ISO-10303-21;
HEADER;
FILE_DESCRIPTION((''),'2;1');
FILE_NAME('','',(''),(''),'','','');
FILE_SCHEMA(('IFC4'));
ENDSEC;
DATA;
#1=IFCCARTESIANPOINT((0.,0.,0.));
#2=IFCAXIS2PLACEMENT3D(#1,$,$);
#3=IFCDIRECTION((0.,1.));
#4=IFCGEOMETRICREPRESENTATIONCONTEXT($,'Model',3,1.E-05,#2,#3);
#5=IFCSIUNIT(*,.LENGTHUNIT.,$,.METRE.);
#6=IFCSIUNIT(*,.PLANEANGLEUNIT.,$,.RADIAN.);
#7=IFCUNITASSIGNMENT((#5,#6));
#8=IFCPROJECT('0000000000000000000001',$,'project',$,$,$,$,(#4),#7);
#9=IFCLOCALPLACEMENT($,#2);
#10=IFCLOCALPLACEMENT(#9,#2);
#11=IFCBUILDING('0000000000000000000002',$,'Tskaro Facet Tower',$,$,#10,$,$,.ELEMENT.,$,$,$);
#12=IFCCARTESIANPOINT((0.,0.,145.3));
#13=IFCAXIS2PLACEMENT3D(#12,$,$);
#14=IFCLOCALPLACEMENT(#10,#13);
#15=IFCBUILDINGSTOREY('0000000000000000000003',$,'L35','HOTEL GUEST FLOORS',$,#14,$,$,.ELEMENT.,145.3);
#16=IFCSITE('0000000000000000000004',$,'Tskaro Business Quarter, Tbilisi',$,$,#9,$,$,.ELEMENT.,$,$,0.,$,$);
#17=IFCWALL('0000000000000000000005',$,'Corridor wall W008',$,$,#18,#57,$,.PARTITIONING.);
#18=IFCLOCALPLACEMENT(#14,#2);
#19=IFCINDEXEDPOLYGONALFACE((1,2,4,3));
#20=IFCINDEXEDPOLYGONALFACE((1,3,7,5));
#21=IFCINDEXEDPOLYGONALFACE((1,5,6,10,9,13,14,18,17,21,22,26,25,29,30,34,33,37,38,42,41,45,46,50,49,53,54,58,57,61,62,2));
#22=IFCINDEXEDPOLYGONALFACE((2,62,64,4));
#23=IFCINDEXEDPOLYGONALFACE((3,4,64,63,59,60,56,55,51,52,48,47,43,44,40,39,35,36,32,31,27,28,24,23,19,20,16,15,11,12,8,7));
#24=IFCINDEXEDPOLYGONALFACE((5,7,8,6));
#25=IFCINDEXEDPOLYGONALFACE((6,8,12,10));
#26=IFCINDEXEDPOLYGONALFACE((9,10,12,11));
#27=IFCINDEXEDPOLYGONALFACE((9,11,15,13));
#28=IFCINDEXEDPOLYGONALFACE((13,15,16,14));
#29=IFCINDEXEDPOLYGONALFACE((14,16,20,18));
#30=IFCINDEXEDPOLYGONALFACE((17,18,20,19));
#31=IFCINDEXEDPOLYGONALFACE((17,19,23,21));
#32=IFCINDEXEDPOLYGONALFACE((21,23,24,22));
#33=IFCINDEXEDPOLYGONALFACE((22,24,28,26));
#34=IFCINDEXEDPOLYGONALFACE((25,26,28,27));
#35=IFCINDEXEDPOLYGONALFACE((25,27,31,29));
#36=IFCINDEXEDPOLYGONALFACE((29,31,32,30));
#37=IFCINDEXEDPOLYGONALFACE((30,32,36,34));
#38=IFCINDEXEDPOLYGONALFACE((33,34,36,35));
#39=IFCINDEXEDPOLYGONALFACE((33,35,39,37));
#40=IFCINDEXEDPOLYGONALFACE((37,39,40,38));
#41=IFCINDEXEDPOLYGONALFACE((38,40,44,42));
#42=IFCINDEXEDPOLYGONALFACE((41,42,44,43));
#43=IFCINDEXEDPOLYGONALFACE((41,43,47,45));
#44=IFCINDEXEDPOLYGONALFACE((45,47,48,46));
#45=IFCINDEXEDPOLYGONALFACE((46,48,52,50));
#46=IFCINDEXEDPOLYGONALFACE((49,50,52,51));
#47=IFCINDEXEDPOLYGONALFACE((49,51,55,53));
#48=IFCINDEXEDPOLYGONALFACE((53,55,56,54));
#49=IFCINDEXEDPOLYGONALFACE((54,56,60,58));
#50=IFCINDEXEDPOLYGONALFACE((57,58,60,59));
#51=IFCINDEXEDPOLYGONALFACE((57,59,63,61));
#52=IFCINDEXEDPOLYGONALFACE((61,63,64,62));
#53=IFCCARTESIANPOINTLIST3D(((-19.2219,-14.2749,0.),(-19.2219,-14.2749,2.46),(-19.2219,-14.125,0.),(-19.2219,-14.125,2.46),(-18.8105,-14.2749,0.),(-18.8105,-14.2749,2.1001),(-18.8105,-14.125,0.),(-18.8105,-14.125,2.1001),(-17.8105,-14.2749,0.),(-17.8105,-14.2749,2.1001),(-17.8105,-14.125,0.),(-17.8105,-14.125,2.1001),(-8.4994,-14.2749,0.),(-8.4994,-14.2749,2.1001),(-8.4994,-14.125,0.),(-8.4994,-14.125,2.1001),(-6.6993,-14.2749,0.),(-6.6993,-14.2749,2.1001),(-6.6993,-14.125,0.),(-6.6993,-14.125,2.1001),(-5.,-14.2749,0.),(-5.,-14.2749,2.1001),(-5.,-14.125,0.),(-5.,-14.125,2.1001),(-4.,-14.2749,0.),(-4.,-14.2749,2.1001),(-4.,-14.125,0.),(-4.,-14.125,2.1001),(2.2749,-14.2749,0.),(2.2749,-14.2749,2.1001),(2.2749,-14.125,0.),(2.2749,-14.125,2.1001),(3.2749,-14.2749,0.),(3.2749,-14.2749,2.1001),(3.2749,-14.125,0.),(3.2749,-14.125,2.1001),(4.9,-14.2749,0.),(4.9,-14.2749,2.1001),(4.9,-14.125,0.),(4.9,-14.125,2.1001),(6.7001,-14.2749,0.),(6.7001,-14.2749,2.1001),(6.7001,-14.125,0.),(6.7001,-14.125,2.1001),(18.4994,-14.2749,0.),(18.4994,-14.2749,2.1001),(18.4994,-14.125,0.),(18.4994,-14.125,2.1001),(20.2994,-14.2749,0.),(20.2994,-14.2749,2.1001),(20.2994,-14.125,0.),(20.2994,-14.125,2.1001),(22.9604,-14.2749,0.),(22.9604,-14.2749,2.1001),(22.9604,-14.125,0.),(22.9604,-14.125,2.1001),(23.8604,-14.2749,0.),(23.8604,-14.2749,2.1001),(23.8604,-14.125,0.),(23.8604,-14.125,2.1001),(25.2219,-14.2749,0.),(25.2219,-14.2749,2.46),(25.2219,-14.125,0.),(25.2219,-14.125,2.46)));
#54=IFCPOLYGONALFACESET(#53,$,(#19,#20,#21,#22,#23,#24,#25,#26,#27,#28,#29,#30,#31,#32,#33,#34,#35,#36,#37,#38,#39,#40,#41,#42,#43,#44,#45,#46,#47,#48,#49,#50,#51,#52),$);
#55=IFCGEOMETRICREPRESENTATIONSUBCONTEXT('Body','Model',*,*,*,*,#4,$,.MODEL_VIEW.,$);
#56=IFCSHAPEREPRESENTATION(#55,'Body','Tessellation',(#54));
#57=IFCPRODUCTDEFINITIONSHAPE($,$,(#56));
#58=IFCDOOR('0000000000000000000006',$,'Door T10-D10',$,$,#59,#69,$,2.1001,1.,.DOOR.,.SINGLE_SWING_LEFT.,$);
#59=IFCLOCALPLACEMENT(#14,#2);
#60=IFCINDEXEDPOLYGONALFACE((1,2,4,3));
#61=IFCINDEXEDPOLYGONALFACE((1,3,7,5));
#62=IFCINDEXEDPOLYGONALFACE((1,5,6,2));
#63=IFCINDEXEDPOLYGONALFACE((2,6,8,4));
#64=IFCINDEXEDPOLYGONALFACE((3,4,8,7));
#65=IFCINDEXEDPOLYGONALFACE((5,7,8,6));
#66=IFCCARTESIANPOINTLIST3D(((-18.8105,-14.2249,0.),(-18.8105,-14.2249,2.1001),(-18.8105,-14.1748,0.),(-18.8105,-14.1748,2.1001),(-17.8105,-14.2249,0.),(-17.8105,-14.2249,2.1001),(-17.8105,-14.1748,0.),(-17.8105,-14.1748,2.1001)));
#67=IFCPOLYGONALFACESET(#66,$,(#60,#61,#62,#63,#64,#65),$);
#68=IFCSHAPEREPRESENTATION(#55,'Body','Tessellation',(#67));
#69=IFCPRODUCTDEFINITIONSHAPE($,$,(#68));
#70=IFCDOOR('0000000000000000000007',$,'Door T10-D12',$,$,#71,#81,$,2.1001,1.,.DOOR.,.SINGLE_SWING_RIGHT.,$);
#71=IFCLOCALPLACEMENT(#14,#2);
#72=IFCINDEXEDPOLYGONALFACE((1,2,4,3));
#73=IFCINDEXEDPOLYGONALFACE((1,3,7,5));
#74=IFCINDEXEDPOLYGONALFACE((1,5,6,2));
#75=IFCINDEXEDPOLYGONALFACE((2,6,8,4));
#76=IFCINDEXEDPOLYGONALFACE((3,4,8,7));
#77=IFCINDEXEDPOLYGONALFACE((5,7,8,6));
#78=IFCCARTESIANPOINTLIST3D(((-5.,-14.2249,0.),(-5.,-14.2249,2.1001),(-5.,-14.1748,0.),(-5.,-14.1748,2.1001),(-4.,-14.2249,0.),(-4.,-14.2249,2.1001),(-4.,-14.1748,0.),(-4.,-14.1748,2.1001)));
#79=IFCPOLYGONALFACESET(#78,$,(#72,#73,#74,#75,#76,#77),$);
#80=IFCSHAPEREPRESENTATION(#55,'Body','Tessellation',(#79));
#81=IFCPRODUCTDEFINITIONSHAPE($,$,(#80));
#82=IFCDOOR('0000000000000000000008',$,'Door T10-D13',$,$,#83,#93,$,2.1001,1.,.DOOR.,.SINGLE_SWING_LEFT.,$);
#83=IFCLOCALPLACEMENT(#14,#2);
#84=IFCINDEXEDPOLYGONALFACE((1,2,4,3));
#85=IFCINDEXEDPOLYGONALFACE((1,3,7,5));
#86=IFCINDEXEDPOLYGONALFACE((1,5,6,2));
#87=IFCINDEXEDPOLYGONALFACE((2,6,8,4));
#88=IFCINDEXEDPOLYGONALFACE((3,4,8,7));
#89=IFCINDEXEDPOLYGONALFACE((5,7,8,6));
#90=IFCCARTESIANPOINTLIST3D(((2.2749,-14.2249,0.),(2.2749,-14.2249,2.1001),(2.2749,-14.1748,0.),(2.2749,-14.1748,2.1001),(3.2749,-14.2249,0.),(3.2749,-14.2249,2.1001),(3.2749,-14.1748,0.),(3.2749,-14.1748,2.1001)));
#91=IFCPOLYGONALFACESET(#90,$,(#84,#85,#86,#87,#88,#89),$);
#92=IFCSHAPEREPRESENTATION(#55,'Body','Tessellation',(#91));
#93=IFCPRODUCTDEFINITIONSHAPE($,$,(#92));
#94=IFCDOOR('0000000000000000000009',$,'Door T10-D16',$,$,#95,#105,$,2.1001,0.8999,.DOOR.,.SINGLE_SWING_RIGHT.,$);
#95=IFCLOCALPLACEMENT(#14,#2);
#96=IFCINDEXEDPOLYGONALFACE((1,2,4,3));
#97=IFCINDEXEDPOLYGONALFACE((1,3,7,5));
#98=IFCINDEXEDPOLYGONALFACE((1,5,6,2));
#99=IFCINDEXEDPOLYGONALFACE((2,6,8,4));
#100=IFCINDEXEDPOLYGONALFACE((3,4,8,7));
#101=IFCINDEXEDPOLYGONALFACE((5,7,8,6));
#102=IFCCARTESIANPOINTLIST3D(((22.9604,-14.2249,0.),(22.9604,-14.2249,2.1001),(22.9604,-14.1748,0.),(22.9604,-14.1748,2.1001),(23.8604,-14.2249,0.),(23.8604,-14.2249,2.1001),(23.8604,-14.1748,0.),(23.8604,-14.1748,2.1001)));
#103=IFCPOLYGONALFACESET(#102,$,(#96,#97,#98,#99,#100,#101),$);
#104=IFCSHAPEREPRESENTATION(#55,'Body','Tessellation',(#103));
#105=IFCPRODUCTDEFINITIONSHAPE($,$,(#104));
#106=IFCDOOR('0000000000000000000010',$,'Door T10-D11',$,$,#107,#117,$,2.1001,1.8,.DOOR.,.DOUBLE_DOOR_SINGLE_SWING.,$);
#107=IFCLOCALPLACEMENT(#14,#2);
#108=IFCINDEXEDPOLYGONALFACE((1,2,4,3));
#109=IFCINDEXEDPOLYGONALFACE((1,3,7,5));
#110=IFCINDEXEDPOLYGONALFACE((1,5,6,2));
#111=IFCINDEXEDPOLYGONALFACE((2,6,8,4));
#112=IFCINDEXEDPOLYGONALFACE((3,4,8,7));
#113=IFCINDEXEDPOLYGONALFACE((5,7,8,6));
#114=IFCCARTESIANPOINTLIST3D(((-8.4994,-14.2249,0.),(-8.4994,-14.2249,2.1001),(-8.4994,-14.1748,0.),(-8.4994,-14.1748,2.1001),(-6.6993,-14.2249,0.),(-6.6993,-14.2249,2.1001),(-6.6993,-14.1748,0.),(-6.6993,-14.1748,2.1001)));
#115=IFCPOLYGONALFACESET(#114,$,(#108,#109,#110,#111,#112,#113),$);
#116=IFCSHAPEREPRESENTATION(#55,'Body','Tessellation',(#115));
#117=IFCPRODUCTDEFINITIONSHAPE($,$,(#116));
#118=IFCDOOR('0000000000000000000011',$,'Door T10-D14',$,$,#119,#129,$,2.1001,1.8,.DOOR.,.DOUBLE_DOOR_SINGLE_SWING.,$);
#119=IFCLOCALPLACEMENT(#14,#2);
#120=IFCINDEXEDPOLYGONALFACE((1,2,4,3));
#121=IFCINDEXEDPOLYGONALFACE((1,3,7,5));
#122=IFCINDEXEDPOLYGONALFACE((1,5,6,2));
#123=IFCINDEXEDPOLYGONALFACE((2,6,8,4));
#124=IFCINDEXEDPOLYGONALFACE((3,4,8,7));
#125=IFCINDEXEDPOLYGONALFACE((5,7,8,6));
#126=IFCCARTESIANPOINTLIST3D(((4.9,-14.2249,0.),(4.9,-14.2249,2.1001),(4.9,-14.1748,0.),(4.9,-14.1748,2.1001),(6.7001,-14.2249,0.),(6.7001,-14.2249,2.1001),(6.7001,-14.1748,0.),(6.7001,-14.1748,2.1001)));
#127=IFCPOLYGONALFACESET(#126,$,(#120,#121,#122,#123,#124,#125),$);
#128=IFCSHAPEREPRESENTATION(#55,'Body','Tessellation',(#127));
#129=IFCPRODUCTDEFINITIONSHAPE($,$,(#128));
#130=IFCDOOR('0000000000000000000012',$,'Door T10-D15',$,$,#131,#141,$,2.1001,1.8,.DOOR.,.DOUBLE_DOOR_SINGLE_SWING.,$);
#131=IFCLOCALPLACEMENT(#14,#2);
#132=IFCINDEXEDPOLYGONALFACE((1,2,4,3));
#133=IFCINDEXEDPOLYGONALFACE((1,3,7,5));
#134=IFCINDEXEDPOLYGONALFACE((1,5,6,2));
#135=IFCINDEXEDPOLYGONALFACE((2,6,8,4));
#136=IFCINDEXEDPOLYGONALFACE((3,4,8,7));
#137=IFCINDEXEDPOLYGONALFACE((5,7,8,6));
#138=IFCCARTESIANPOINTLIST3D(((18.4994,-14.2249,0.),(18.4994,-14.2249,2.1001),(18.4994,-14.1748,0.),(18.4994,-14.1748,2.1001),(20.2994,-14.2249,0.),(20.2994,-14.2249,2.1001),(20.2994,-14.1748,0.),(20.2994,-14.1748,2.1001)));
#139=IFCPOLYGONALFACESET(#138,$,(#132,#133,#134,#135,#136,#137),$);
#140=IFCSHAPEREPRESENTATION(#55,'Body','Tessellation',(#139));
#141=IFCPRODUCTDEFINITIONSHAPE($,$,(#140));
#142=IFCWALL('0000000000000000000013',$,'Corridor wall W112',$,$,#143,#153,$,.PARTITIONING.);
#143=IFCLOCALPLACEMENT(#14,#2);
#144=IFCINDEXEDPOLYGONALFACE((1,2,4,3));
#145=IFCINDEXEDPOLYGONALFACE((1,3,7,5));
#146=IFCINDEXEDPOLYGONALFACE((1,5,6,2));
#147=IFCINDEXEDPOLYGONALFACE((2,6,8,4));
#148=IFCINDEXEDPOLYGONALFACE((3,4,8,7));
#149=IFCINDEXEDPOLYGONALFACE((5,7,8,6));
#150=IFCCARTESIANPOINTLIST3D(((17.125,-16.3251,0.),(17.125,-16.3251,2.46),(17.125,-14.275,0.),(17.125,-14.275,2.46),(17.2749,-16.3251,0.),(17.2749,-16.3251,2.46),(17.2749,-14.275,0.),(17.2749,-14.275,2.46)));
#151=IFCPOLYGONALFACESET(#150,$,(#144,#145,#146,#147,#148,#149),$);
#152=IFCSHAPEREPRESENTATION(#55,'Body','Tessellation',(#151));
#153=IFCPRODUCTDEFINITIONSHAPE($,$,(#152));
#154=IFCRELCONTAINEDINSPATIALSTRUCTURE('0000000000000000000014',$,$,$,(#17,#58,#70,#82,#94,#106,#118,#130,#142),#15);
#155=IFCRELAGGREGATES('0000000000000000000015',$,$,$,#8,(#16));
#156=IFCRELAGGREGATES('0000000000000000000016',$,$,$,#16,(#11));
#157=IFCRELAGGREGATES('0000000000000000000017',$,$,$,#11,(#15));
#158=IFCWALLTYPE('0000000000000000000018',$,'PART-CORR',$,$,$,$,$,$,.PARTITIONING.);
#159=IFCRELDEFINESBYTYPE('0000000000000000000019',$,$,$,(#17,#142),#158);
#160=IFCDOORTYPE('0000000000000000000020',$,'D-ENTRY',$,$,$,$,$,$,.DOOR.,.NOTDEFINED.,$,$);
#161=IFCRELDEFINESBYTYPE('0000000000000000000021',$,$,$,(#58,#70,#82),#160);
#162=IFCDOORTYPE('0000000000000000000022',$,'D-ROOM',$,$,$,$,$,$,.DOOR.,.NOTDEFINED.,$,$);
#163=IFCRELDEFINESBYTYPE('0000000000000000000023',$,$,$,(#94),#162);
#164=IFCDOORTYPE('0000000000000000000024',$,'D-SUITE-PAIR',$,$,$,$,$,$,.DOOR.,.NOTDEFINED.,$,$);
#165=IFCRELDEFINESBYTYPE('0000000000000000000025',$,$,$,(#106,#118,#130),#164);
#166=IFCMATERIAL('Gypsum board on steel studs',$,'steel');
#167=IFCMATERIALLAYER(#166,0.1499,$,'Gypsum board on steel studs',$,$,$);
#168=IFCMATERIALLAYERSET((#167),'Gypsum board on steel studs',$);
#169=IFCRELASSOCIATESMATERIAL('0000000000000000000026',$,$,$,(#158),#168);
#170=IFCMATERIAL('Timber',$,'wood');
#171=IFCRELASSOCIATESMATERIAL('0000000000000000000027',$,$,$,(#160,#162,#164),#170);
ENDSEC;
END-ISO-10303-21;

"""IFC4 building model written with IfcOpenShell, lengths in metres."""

from ifc_helpers import new_model, si_unit, direction, frame, frame_2d, origin, place, context, subcontext, project, spatial, rectangle, extrude, material, layer, layer_set, type_object, element, fill, save


model = new_model("IFC4")

# Units and contexts
model_context = context("Model", 3, precision=1e-05, world=origin(), true_north=direction((0.0, 1.0)))
body_context = subcontext(model_context, "Body", "Model", "MODEL_VIEW")
ifc_project = project(units=[si_unit("LENGTHUNIT", "METRE"), si_unit("PLANEANGLEUNIT", "RADIAN")], contexts=[model_context])

# Site, building, storey
site_placement = place(None, origin())
site = spatial("IfcSite", under=ifc_project, at=site_placement, Name="Tskaro Business Quarter, Tbilisi", CompositionType="ELEMENT", RefElevation=0.0)
building_placement = place(site_placement, origin())
building = spatial("IfcBuilding", under=site, at=building_placement, Name="Tskaro Facet Tower", CompositionType="ELEMENT")
storey_placement = place(building_placement, frame((0.0, 0.0, 145.3)))
storey = spatial("IfcBuildingStorey", under=building, at=storey_placement, Name="L35", Description="HOTEL GUEST FLOORS", CompositionType="ELEMENT", Elevation=145.3)

# Wall, openings, doors
ifc_material_1 = material(Name="Gypsum board on steel studs", Category="steel")
ifc_layer_1 = layer(ifc_material_1, 0.1499, Name="Gypsum board on steel studs")
ifc_layer_set_1 = layer_set([ifc_layer_1], Name="Gypsum board on steel studs")
wall_type_1 = type_object("IfcWallType", Name="PART-CORR", PredefinedType="PARTITIONING", material=ifc_layer_set_1)
wall_1_placement = place(storey_placement, frame((25.2219, -14.2, 0.0), z_axis=(0.0, 0.0, 1.0), x_axis=(-1.0, 0.0, 0.0)))
wall_1 = element("IfcWall", 1, at=wall_1_placement, inside=storey, type_object=wall_type_1, Name="Corridor wall W008", PredefinedType="PARTITIONING", context=body_context, shape_type="SweptSolid", body=[
    extrude(rectangle(XDim=44.4438, YDim=0.1499, at=frame_2d((22.2219, 0.0))), origin(), (0.0, 0.0, 1.0), 2.46),
])
opening_1_placement = place(wall_1_placement, frame((43.0325, 0.0, 0.0)))
opening_1 = element("IfcOpeningElement", 2, at=opening_1_placement, cuts=wall_1, PredefinedType="OPENING", context=body_context, shape_type="SweptSolid", body=[
    extrude(rectangle(XDim=1.0, YDim=2.1001, at=frame_2d((0.5, 1.05))), frame((0.0, 0.085, 0.0), z_axis=(0.0, -1.0, 0.0), x_axis=(1.0, 0.0, 0.0)), (0.0, 0.0, 1.0), 0.1699),
])
opening_2_placement = place(wall_1_placement, frame((31.9214, 0.0, 0.0)))
opening_2 = element("IfcOpeningElement", 3, at=opening_2_placement, cuts=wall_1, PredefinedType="OPENING", context=body_context, shape_type="SweptSolid", body=[
    extrude(rectangle(XDim=1.8, YDim=2.1001, at=frame_2d((0.8999, 1.05))), frame((0.0, 0.085, 0.0), z_axis=(0.0, -1.0, 0.0), x_axis=(1.0, 0.0, 0.0)), (0.0, 0.0, 1.0), 0.1699),
])
opening_3_placement = place(wall_1_placement, frame((29.2219, 0.0, 0.0)))
opening_3 = element("IfcOpeningElement", 4, at=opening_3_placement, cuts=wall_1, PredefinedType="OPENING", context=body_context, shape_type="SweptSolid", body=[
    extrude(rectangle(XDim=1.0, YDim=2.1001, at=frame_2d((0.5, 1.05))), frame((0.0, 0.085, 0.0), z_axis=(0.0, -1.0, 0.0), x_axis=(1.0, 0.0, 0.0)), (0.0, 0.0, 1.0), 0.1699),
])
opening_4_placement = place(wall_1_placement, frame((21.947, 0.0, 0.0)))
opening_4 = element("IfcOpeningElement", 5, at=opening_4_placement, cuts=wall_1, PredefinedType="OPENING", context=body_context, shape_type="SweptSolid", body=[
    extrude(rectangle(XDim=1.0, YDim=2.1001, at=frame_2d((0.5, 1.05))), frame((0.0, 0.085, 0.0), z_axis=(0.0, -1.0, 0.0), x_axis=(1.0, 0.0, 0.0)), (0.0, 0.0, 1.0), 0.1699),
])
opening_5_placement = place(wall_1_placement, frame((18.522, 0.0, 0.0)))
opening_5 = element("IfcOpeningElement", 6, at=opening_5_placement, cuts=wall_1, PredefinedType="OPENING", context=body_context, shape_type="SweptSolid", body=[
    extrude(rectangle(XDim=1.8, YDim=2.1001, at=frame_2d((0.8999, 1.05))), frame((0.0, 0.085, 0.0), z_axis=(0.0, -1.0, 0.0), x_axis=(1.0, 0.0, 0.0)), (0.0, 0.0, 1.0), 0.1699),
])
opening_6_placement = place(wall_1_placement, frame((4.9226, 0.0, 0.0)))
opening_6 = element("IfcOpeningElement", 7, at=opening_6_placement, cuts=wall_1, PredefinedType="OPENING", context=body_context, shape_type="SweptSolid", body=[
    extrude(rectangle(XDim=1.8, YDim=2.1001, at=frame_2d((0.8999, 1.05))), frame((0.0, 0.085, 0.0), z_axis=(0.0, -1.0, 0.0), x_axis=(1.0, 0.0, 0.0)), (0.0, 0.0, 1.0), 0.1699),
])
opening_7_placement = place(wall_1_placement, frame((1.3616, 0.0, 0.0)))
opening_7 = element("IfcOpeningElement", 8, at=opening_7_placement, cuts=wall_1, PredefinedType="OPENING", context=body_context, shape_type="SweptSolid", body=[
    extrude(rectangle(XDim=0.8999, YDim=2.1001, at=frame_2d((0.45, 1.05))), frame((0.0, 0.085, 0.0), z_axis=(0.0, -1.0, 0.0), x_axis=(1.0, 0.0, 0.0)), (0.0, 0.0, 1.0), 0.1699),
])
ifc_material_2 = material(Name="Timber", Category="wood")
door_type_1 = type_object("IfcDoorType", Name="D-ENTRY", OperationType="NOTDEFINED", PredefinedType="DOOR", material=ifc_material_2)
door_1_placement = place(opening_1_placement, origin())
door_1 = element("IfcDoor", 9, at=door_1_placement, inside=storey, type_object=door_type_1, Name="Door T10-D10", OperationType="SINGLE_SWING_LEFT", OverallHeight=2.1001, OverallWidth=1.0, PredefinedType="DOOR", context=body_context, shape_type="SweptSolid", body=[
    extrude(rectangle(XDim=1.0, YDim=2.1001, at=frame_2d((0.5, 1.05))), frame((0.0, 0.0249, 0.0), z_axis=(0.0, -1.0, 0.0), x_axis=(1.0, 0.0, 0.0)), (0.0, 0.0, 1.0), 0.05),
])
fill(opening_1, door_1)
door_2_placement = place(opening_3_placement, origin())
door_2 = element("IfcDoor", 10, at=door_2_placement, inside=storey, type_object=door_type_1, Name="Door T10-D12", OperationType="SINGLE_SWING_RIGHT", OverallHeight=2.1001, OverallWidth=1.0, PredefinedType="DOOR", context=body_context, shape_type="SweptSolid", body=[
    extrude(rectangle(XDim=1.0, YDim=2.1001, at=frame_2d((0.5, 1.05))), frame((0.0, 0.0249, 0.0), z_axis=(0.0, -1.0, 0.0), x_axis=(1.0, 0.0, 0.0)), (0.0, 0.0, 1.0), 0.05),
])
fill(opening_3, door_2)
door_3_placement = place(opening_4_placement, origin())
door_3 = element("IfcDoor", 11, at=door_3_placement, inside=storey, type_object=door_type_1, Name="Door T10-D13", OperationType="SINGLE_SWING_LEFT", OverallHeight=2.1001, OverallWidth=1.0, PredefinedType="DOOR", context=body_context, shape_type="SweptSolid", body=[
    extrude(rectangle(XDim=1.0, YDim=2.1001, at=frame_2d((0.5, 1.05))), frame((0.0, 0.0249, 0.0), z_axis=(0.0, -1.0, 0.0), x_axis=(1.0, 0.0, 0.0)), (0.0, 0.0, 1.0), 0.05),
])
fill(opening_4, door_3)
door_type_2 = type_object("IfcDoorType", Name="D-ROOM", OperationType="NOTDEFINED", PredefinedType="DOOR", material=ifc_material_2)
door_4_placement = place(opening_7_placement, origin())
door_4 = element("IfcDoor", 12, at=door_4_placement, inside=storey, type_object=door_type_2, Name="Door T10-D16", OperationType="SINGLE_SWING_RIGHT", OverallHeight=2.1001, OverallWidth=0.8999, PredefinedType="DOOR", context=body_context, shape_type="SweptSolid", body=[
    extrude(rectangle(XDim=0.8999, YDim=2.1001, at=frame_2d((0.45, 1.05))), frame((0.0, 0.0249, 0.0), z_axis=(0.0, -1.0, 0.0), x_axis=(1.0, 0.0, 0.0)), (0.0, 0.0, 1.0), 0.05),
])
fill(opening_7, door_4)
door_type_3 = type_object("IfcDoorType", Name="D-SUITE-PAIR", OperationType="NOTDEFINED", PredefinedType="DOOR", material=ifc_material_2)
door_5_placement = place(opening_2_placement, origin())
door_5 = element("IfcDoor", 13, at=door_5_placement, inside=storey, type_object=door_type_3, Name="Door T10-D11", OperationType="DOUBLE_DOOR_SINGLE_SWING", OverallHeight=2.1001, OverallWidth=1.8, PredefinedType="DOOR", context=body_context, shape_type="SweptSolid", body=[
    extrude(rectangle(XDim=1.8, YDim=2.1001, at=frame_2d((0.8999, 1.05))), frame((0.0, 0.0249, 0.0), z_axis=(0.0, -1.0, 0.0), x_axis=(1.0, 0.0, 0.0)), (0.0, 0.0, 1.0), 0.05),
])
fill(opening_2, door_5)
door_6_placement = place(opening_5_placement, origin())
door_6 = element("IfcDoor", 14, at=door_6_placement, inside=storey, type_object=door_type_3, Name="Door T10-D14", OperationType="DOUBLE_DOOR_SINGLE_SWING", OverallHeight=2.1001, OverallWidth=1.8, PredefinedType="DOOR", context=body_context, shape_type="SweptSolid", body=[
    extrude(rectangle(XDim=1.8, YDim=2.1001, at=frame_2d((0.8999, 1.05))), frame((0.0, 0.0249, 0.0), z_axis=(0.0, -1.0, 0.0), x_axis=(1.0, 0.0, 0.0)), (0.0, 0.0, 1.0), 0.05),
])
fill(opening_5, door_6)
door_7_placement = place(opening_6_placement, origin())
door_7 = element("IfcDoor", 15, at=door_7_placement, inside=storey, type_object=door_type_3, Name="Door T10-D15", OperationType="DOUBLE_DOOR_SINGLE_SWING", OverallHeight=2.1001, OverallWidth=1.8, PredefinedType="DOOR", context=body_context, shape_type="SweptSolid", body=[
    extrude(rectangle(XDim=1.8, YDim=2.1001, at=frame_2d((0.8999, 1.05))), frame((0.0, 0.0249, 0.0), z_axis=(0.0, -1.0, 0.0), x_axis=(1.0, 0.0, 0.0)), (0.0, 0.0, 1.0), 0.05),
])
fill(opening_6, door_7)

# Wall
wall_2_placement = place(storey_placement, frame((17.2, -16.325, 0.0), z_axis=(0.0, 0.0, 1.0), x_axis=(0.0, 1.0, 0.0)))
element("IfcWall", 16, at=wall_2_placement, inside=storey, type_object=wall_type_1, Name="Corridor wall W112", PredefinedType="PARTITIONING", context=body_context, shape_type="SweptSolid", body=[
    extrude(rectangle(XDim=2.05, YDim=0.1499, at=frame_2d((1.0249, 0.0))), origin(), (0.0, 0.0, 1.0), 2.46),
])

save(model, "model.ifc")
